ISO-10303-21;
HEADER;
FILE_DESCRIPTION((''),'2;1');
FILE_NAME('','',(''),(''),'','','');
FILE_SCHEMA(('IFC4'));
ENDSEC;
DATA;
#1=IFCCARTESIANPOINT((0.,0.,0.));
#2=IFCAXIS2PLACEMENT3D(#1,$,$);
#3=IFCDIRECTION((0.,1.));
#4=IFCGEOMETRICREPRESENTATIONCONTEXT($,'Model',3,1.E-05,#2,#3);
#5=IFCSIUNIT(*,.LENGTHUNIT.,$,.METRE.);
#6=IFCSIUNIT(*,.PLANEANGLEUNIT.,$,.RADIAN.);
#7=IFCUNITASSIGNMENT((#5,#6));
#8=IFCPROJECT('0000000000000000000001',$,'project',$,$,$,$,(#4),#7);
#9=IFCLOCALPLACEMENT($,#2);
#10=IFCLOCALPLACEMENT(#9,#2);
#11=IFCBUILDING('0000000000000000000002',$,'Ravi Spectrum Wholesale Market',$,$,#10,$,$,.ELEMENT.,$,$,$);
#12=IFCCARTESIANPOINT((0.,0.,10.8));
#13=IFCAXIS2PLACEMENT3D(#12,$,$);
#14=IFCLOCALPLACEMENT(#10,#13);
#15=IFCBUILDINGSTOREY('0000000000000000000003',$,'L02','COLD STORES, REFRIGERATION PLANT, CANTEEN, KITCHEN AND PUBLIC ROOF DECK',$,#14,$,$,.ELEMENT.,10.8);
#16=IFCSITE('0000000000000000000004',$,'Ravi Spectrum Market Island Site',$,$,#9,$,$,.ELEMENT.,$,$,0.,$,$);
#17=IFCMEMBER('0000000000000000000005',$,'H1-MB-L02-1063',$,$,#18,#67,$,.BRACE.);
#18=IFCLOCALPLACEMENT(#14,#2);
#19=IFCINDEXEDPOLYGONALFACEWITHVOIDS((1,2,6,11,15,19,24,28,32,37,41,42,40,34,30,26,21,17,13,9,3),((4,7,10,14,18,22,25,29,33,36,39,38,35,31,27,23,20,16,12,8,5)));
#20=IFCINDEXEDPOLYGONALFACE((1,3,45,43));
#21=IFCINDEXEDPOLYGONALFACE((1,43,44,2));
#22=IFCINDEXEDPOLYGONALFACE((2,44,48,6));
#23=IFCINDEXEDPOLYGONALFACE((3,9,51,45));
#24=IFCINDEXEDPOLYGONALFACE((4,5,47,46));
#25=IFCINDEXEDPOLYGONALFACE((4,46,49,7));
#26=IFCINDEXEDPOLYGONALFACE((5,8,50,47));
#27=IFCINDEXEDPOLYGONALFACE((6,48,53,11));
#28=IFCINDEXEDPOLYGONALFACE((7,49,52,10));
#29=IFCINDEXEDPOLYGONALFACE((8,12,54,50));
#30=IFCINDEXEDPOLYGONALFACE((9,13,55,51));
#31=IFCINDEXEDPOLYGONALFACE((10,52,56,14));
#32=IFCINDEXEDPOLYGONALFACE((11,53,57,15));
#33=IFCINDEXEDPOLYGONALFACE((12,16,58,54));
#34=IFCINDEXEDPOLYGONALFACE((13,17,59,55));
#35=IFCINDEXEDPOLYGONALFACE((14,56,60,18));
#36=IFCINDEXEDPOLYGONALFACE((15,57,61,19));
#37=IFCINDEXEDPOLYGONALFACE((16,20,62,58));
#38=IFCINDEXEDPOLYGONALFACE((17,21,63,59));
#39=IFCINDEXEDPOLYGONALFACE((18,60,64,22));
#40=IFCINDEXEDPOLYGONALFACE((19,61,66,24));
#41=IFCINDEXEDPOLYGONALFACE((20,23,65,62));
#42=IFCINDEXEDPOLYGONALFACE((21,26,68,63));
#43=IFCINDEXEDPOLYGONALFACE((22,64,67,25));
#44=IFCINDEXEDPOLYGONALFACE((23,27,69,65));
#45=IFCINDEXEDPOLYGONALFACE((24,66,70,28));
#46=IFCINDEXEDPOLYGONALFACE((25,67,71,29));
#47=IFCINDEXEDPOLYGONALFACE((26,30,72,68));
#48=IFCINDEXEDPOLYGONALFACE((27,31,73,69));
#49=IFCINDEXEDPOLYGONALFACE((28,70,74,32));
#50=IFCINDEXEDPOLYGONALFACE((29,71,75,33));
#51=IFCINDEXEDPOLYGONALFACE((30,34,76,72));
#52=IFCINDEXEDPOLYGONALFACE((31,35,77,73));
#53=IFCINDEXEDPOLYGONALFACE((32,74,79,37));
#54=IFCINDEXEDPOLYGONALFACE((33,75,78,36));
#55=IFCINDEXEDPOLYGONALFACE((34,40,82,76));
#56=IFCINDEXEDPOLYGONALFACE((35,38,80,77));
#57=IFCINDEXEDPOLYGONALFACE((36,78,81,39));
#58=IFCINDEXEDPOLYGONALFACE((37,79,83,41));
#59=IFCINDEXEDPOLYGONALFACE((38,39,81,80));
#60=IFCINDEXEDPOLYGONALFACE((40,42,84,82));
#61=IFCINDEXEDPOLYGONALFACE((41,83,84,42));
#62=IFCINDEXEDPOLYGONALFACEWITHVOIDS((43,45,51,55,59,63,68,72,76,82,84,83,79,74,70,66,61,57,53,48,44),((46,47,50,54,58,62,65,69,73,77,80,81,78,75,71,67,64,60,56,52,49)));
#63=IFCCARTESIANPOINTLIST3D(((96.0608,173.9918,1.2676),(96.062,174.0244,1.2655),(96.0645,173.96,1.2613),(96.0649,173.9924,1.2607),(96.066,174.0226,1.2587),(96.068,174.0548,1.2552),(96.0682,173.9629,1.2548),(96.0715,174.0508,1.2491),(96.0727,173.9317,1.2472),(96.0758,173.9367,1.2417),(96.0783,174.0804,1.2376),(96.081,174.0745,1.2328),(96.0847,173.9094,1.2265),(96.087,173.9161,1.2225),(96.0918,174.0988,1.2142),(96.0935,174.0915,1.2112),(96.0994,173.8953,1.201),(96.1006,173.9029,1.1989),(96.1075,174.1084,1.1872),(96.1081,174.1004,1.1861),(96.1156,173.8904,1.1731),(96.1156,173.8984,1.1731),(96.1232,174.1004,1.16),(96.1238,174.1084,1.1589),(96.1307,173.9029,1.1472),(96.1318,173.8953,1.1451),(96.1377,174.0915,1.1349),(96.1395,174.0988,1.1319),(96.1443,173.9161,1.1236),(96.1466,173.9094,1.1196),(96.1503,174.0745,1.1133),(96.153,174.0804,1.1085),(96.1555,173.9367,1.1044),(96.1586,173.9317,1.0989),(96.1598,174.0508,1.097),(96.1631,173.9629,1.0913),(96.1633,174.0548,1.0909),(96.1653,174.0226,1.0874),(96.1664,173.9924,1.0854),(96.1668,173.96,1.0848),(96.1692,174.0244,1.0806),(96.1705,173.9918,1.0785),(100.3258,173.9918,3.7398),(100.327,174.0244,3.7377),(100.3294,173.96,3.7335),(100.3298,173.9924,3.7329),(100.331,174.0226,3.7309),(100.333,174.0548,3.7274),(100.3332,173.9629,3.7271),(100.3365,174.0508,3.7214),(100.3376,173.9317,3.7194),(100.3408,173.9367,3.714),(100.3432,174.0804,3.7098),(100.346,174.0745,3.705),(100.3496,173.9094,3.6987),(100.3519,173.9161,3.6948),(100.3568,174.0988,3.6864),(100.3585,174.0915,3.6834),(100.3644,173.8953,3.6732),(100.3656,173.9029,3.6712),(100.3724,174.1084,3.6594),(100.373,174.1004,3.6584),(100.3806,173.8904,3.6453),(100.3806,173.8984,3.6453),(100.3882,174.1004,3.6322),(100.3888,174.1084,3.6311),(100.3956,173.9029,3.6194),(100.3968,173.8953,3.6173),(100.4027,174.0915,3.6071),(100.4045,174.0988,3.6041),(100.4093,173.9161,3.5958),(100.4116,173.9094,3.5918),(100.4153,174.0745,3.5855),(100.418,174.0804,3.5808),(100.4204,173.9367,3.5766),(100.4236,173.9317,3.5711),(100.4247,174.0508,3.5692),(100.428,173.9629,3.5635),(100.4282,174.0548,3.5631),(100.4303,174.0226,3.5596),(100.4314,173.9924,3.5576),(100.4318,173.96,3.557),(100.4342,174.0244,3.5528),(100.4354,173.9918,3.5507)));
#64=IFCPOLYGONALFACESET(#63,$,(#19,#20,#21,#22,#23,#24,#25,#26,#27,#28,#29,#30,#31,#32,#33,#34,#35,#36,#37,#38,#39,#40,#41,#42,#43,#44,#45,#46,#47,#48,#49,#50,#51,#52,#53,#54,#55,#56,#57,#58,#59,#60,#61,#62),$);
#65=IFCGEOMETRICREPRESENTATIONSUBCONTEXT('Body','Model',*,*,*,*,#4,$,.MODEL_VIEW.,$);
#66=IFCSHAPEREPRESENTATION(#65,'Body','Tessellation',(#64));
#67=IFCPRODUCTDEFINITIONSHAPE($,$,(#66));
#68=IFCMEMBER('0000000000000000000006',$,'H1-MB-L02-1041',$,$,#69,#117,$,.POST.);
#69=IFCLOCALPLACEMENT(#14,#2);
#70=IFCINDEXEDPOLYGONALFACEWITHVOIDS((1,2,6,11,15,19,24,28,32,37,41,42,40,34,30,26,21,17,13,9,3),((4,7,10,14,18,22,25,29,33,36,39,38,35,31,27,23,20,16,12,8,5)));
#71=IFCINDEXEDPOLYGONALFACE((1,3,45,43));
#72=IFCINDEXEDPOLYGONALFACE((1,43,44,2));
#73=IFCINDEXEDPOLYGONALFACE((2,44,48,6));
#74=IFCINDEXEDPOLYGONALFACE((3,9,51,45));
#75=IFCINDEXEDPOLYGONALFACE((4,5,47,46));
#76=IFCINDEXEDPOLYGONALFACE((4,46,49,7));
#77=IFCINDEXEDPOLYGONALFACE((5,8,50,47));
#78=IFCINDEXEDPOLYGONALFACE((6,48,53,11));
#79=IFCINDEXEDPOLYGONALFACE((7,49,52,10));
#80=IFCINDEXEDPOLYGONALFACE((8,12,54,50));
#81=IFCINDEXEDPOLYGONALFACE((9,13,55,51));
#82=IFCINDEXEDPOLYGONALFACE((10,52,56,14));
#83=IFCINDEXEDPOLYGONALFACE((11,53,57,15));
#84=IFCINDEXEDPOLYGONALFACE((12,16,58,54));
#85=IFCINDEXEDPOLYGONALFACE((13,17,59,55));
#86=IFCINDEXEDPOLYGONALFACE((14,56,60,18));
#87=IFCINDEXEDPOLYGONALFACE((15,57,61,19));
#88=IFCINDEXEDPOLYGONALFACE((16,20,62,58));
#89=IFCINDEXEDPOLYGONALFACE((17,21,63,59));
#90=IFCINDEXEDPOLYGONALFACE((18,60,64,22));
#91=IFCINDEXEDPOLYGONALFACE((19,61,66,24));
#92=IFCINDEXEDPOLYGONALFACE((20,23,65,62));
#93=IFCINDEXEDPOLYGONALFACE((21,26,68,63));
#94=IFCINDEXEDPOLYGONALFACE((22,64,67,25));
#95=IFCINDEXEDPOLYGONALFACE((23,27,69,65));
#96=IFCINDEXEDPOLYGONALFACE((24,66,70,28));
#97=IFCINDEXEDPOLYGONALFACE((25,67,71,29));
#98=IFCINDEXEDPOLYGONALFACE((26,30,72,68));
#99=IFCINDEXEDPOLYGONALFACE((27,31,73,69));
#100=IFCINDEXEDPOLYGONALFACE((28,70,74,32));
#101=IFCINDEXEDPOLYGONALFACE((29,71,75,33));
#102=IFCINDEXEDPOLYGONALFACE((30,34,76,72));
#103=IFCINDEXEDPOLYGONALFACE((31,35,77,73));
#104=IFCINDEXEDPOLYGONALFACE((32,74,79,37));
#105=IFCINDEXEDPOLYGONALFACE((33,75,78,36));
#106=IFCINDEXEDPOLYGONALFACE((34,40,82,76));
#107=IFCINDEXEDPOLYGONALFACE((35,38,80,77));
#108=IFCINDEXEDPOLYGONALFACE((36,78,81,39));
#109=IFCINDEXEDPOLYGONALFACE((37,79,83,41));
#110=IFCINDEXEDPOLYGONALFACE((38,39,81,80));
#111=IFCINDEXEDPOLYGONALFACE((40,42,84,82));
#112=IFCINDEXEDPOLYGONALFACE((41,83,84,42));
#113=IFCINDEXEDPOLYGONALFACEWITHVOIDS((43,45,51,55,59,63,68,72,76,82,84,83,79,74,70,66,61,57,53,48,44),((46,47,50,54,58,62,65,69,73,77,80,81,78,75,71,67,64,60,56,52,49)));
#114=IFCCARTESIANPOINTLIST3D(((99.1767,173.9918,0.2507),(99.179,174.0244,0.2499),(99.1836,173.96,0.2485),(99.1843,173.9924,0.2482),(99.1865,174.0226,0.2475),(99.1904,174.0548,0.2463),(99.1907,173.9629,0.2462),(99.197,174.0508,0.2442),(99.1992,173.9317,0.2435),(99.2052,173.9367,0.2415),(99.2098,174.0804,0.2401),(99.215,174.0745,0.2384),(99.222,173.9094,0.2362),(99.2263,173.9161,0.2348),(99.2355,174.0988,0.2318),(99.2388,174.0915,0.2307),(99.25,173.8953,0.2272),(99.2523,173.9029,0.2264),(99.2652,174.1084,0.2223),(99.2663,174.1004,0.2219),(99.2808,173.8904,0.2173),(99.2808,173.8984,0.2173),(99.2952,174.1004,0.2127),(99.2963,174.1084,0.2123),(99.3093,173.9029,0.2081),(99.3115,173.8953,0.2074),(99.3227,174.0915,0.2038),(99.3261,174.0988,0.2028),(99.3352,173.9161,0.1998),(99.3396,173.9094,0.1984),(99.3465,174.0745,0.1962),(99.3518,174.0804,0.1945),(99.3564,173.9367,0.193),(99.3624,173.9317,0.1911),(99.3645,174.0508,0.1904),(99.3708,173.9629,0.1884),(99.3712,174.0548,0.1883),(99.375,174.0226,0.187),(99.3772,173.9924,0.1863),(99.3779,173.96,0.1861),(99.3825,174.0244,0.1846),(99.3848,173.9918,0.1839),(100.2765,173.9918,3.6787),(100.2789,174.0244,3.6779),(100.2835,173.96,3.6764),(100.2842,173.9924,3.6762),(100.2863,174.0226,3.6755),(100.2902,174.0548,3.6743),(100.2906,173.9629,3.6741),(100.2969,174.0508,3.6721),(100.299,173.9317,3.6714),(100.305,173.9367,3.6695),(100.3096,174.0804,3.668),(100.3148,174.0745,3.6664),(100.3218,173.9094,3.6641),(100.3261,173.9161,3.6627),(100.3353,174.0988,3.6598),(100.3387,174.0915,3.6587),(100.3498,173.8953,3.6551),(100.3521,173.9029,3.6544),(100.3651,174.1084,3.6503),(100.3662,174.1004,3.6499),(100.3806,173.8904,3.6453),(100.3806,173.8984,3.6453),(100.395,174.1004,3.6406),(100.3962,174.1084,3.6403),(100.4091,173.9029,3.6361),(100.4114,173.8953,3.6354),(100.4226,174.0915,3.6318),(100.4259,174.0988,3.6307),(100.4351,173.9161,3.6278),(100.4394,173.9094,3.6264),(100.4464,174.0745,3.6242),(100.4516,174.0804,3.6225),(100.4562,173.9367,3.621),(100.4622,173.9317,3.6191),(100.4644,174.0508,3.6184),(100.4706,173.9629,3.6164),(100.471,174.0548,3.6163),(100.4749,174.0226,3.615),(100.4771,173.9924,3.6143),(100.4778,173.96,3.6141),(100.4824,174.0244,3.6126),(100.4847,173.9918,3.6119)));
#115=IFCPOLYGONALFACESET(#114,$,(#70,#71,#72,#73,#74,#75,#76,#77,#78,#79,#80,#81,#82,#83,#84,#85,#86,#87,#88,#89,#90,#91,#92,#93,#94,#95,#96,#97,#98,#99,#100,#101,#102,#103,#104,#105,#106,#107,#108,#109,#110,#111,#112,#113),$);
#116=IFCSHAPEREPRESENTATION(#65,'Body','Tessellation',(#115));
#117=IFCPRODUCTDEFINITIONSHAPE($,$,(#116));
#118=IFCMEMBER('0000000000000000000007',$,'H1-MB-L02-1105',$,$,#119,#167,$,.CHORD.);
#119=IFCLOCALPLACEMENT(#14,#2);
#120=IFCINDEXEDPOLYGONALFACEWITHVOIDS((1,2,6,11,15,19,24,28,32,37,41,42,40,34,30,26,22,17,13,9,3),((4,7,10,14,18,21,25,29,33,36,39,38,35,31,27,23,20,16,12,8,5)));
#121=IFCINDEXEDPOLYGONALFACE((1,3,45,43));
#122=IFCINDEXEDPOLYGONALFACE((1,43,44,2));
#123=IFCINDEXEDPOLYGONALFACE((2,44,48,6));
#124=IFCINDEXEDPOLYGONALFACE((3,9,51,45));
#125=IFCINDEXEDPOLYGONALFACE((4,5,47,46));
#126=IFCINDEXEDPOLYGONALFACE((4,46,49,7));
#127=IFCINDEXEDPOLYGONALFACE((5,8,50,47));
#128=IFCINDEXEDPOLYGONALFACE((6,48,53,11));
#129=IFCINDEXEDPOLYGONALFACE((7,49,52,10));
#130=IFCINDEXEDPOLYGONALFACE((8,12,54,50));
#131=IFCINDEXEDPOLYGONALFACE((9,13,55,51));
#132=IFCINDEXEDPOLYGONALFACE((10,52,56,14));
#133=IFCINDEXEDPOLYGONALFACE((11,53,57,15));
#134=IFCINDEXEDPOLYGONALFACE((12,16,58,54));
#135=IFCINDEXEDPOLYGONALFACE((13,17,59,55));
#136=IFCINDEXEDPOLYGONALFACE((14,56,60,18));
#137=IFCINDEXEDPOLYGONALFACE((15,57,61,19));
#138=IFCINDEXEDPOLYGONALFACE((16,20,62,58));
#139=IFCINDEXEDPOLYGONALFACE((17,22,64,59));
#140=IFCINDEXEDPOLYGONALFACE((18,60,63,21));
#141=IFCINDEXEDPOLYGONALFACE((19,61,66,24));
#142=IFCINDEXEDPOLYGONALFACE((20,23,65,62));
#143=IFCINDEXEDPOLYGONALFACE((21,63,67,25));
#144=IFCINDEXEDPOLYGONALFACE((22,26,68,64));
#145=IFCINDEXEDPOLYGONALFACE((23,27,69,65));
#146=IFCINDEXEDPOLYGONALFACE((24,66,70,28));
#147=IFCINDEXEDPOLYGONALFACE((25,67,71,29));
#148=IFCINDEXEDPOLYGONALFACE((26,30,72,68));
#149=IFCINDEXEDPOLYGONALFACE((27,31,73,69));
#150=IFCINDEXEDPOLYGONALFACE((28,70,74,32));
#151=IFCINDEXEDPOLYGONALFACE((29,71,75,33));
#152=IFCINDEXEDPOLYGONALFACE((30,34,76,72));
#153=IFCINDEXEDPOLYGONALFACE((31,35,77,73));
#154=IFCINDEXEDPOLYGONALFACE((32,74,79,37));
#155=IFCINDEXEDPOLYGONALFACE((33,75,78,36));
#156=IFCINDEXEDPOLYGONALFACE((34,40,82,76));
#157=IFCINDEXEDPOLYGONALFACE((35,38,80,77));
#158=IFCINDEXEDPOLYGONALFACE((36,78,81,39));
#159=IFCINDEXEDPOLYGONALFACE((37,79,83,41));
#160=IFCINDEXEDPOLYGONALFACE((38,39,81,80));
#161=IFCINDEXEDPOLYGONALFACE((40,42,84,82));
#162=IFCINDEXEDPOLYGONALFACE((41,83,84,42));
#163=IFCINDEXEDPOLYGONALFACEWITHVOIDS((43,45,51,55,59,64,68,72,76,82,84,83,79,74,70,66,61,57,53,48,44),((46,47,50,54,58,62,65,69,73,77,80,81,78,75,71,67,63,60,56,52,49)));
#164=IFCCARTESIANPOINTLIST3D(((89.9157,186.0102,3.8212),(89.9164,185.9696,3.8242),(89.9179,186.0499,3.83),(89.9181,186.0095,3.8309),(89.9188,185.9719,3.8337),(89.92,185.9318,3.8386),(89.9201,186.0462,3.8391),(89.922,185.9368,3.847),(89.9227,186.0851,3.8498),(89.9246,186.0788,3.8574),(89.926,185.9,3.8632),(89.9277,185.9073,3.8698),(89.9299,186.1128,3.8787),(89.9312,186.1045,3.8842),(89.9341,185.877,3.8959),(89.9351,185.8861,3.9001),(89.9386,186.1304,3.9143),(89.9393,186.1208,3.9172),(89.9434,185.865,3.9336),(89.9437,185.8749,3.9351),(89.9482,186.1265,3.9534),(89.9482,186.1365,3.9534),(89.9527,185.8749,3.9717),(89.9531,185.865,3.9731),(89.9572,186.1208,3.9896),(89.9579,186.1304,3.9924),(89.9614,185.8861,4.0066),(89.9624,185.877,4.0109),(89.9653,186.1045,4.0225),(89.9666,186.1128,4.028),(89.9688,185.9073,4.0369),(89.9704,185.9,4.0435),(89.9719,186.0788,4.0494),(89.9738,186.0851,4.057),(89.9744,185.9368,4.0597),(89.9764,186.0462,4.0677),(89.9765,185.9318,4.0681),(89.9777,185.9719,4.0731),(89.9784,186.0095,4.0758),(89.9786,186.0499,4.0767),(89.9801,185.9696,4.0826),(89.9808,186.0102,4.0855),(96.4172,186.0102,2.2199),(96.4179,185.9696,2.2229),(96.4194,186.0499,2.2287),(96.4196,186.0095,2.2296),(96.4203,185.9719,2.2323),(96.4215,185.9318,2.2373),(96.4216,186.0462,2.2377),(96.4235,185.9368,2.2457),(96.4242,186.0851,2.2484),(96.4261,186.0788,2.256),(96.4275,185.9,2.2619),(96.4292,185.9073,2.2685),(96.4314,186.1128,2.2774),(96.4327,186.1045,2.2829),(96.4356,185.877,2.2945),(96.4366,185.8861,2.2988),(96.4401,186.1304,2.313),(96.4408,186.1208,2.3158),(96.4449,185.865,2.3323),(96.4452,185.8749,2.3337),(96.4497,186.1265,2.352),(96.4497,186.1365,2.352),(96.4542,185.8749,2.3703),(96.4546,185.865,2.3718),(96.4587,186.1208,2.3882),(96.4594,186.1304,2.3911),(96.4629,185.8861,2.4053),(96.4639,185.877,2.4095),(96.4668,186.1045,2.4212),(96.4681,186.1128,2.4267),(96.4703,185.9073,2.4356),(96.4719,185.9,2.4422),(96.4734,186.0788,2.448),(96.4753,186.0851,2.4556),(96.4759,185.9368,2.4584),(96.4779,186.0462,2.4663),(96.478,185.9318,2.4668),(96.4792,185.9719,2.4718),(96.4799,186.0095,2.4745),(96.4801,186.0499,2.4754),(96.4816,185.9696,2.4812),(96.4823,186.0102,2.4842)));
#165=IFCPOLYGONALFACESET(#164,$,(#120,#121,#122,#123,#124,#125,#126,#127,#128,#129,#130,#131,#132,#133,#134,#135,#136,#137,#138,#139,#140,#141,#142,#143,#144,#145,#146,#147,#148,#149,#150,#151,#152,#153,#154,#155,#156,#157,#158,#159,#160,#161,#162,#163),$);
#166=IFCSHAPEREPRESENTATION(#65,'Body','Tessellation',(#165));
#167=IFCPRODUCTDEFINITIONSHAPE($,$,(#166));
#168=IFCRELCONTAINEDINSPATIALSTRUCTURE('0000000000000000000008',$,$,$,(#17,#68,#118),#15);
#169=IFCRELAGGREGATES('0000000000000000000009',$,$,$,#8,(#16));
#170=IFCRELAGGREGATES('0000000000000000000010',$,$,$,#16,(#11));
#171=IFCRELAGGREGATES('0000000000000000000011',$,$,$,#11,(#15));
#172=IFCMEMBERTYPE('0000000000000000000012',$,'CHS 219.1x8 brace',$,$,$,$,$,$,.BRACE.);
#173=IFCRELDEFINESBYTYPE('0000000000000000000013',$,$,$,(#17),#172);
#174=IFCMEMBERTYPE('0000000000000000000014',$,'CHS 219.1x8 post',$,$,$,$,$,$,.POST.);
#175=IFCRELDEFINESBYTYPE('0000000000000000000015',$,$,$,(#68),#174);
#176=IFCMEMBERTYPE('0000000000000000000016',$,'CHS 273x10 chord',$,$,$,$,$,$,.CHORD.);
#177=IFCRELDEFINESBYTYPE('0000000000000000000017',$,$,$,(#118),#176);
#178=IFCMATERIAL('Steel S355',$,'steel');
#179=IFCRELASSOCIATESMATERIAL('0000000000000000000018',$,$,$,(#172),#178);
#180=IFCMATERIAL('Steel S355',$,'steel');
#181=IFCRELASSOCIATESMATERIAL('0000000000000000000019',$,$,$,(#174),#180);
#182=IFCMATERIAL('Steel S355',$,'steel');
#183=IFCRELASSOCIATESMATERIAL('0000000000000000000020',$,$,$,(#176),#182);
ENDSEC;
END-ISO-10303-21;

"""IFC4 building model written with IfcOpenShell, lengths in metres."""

from ifc_helpers import new_model, si_unit, direction, frame, origin, origin_2d, place, context, subcontext, project, spatial, hollow_circle, extrude, material, material_profile, profile_set, type_object, element, save


model = new_model("IFC4")

# Units and contexts
model_context = context("Model", 3, precision=1e-05, world=origin(), true_north=direction((0.0, 1.0)))
body_context = subcontext(model_context, "Body", "Model", "MODEL_VIEW")
ifc_project = project(units=[si_unit("LENGTHUNIT", "METRE"), si_unit("PLANEANGLEUNIT", "RADIAN")], contexts=[model_context])

# Site, building, storey
site_placement = place(None, origin())
site = spatial("IfcSite", under=ifc_project, at=site_placement, Name="Ravi Spectrum Market Island Site", CompositionType="ELEMENT", RefElevation=0.0)
building_placement = place(site_placement, origin())
building = spatial("IfcBuilding", under=site, at=building_placement, Name="Ravi Spectrum Wholesale Market", CompositionType="ELEMENT")
storey_placement = place(building_placement, frame((0.0, 0.0, 10.8)))
storey = spatial("IfcBuildingStorey", under=building, at=storey_placement, Name="L02", Description="COLD STORES, REFRIGERATION PLANT, CANTEEN, KITCHEN AND PUBLIC ROOF DECK", CompositionType="ELEMENT", Elevation=10.8)

# Members
ifc_material_1 = material(Name="Steel S355", Category="steel")
ifc_material_profile_1 = material_profile(ifc_material_1, hollow_circle(Radius=0.1096, WallThickness=0.0081, at=origin_2d()))
ifc_profile_set_1 = profile_set([ifc_material_profile_1], Name="Steel S355")
member_type_1 = type_object("IfcMemberType", Name="CHS 219.1x8 brace", PredefinedType="BRACE", material=ifc_profile_set_1)
for number, where, z_axis, x_axis, name in (
    (1, (100.3806, 174.0, 3.6453), (-0.865161, 0.0, -0.501495), (0.0, -1.0, 0.0), "H1-MB-L02-1063"),
):
    element("IfcMember", number, at=place(storey_placement, frame(where, z_axis=z_axis, x_axis=x_axis)), inside=storey, type_object=member_type_1, Name=name, PredefinedType="BRACE", context=body_context, shape_type="SweptSolid", body=[
        extrude(hollow_circle(Radius=0.1096, WallThickness=0.0081, at=origin_2d()), origin(), (0.0, 0.0, 1.0), 4.9297),
    ])
ifc_material_2 = material(Name="Steel S355", Category="steel")
ifc_material_profile_2 = material_profile(ifc_material_2, hollow_circle(Radius=0.1096, WallThickness=0.0081, at=origin_2d()))
ifc_profile_set_2 = profile_set([ifc_material_profile_2], Name="Steel S355")
member_type_2 = type_object("IfcMemberType", Name="CHS 219.1x8 post", PredefinedType="POST", material=ifc_profile_set_2)
member_1_placement = place(storey_placement, frame((100.3806, 174.0, 3.6453), z_axis=(-0.305506, 0.0, -0.95219), x_axis=(0.0, -1.0, 0.0)))
element("IfcMember", 2, at=member_1_placement, inside=storey, type_object=member_type_2, Name="H1-MB-L02-1041", PredefinedType="POST", context=body_context, shape_type="SweptSolid", body=[
    extrude(hollow_circle(Radius=0.1096, WallThickness=0.0081, at=origin_2d()), origin(), (0.0, 0.0, 1.0), 3.6001),
])
ifc_material_3 = material(Name="Steel S355", Category="steel")
ifc_material_profile_3 = material_profile(ifc_material_3, hollow_circle(Radius=0.1365, WallThickness=0.01, at=origin_2d()))
ifc_profile_set_3 = profile_set([ifc_material_profile_3], Name="Steel S355")
member_type_3 = type_object("IfcMemberType", Name="CHS 273x10 chord", PredefinedType="CHORD", material=ifc_profile_set_3)
member_2_placement = place(storey_placement, frame((89.9482, 186.0, 3.9534), z_axis=(0.970982, 0.0, -0.239154), x_axis=(0.0, 1.0, 0.0)))
element("IfcMember", 3, at=member_2_placement, inside=storey, type_object=member_type_3, Name="H1-MB-L02-1105", PredefinedType="CHORD", context=body_context, shape_type="SweptSolid", body=[
    extrude(hollow_circle(Radius=0.1365, WallThickness=0.01, at=origin_2d()), origin(), (0.0, 0.0, 1.0), 6.6958),
])

save(model, "model.ifc")
